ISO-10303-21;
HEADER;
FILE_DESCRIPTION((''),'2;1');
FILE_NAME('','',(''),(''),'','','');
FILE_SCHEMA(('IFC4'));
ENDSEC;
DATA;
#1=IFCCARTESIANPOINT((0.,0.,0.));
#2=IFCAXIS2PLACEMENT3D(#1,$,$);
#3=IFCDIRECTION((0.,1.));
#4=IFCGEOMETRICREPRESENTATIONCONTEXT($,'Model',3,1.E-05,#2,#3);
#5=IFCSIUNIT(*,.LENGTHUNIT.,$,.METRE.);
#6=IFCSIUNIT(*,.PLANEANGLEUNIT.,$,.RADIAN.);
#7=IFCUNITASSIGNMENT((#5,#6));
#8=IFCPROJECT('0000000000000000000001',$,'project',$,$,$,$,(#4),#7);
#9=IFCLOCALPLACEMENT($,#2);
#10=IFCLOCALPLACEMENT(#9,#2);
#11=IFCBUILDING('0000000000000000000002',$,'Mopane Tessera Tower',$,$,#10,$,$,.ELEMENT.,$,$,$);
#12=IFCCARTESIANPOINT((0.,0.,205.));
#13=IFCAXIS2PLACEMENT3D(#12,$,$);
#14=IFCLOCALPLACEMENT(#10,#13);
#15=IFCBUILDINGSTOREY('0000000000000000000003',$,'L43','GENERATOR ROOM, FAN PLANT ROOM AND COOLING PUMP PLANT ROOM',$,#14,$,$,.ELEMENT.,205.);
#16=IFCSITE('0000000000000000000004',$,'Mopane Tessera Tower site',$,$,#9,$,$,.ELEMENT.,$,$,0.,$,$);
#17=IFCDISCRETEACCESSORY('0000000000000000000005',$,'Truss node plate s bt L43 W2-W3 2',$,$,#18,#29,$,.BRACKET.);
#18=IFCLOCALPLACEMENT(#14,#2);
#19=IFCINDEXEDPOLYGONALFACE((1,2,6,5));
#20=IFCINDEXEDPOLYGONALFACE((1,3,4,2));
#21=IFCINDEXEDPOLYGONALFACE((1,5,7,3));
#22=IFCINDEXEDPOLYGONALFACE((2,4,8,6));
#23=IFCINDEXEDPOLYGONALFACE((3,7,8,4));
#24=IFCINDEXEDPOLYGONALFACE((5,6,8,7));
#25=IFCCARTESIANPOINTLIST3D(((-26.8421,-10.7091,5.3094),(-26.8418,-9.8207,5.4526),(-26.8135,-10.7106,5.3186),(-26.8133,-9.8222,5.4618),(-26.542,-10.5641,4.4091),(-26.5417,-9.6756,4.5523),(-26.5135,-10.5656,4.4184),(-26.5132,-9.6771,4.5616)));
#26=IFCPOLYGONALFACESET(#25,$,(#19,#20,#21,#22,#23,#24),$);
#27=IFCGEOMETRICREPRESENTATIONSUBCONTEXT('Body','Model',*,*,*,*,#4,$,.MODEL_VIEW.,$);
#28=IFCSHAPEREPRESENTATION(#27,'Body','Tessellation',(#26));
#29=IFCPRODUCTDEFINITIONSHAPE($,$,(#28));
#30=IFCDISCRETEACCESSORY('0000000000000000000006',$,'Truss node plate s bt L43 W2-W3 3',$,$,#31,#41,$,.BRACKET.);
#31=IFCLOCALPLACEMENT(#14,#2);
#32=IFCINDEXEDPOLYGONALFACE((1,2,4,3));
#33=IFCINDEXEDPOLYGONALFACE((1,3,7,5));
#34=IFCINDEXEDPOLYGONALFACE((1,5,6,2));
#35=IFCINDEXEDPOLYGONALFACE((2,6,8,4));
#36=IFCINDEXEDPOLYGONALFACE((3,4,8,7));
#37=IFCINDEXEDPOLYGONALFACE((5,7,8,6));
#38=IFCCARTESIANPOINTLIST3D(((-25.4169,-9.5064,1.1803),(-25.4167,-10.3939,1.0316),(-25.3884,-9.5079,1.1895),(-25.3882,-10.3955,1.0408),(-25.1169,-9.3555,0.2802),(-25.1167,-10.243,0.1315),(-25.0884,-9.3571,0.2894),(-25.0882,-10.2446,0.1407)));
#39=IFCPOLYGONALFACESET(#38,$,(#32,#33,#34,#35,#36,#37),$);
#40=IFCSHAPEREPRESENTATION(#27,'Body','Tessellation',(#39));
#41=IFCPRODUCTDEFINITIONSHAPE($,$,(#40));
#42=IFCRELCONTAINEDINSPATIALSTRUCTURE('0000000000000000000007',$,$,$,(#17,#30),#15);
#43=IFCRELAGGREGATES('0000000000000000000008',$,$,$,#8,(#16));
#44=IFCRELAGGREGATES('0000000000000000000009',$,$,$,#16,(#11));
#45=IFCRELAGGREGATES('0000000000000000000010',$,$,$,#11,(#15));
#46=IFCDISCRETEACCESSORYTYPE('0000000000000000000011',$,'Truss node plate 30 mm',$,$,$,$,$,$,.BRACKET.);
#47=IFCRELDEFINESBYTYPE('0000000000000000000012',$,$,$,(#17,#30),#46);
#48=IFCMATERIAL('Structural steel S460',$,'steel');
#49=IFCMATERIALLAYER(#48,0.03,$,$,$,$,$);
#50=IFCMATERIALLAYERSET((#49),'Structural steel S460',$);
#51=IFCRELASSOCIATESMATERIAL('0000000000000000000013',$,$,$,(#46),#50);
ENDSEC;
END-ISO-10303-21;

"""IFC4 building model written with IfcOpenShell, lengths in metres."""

from ifc_helpers import new_model, si_unit, direction, frame, origin, origin_2d, place, context, subcontext, project, spatial, rectangle, extrude, material, layer, layer_set, type_object, element, save


model = new_model("IFC4")

# Units and contexts
model_context = context("Model", 3, precision=1e-05, world=origin(), true_north=direction((0.0, 1.0)))
body_context = subcontext(model_context, "Body", "Model", "MODEL_VIEW")
ifc_project = project(units=[si_unit("LENGTHUNIT", "METRE"), si_unit("PLANEANGLEUNIT", "RADIAN")], contexts=[model_context])

# Site, building, storey
site_placement = place(None, origin())
site = spatial("IfcSite", under=ifc_project, at=site_placement, Name="Mopane Tessera Tower site", CompositionType="ELEMENT", RefElevation=0.0)
building_placement = place(site_placement, origin())
building = spatial("IfcBuilding", under=site, at=building_placement, Name="Mopane Tessera Tower", CompositionType="ELEMENT")
storey_placement = place(building_placement, frame((0.0, 0.0, 205.0)))
storey = spatial("IfcBuildingStorey", under=building, at=storey_placement, Name="L43", Description="GENERATOR ROOM, FAN PLANT ROOM AND COOLING PUMP PLANT ROOM", CompositionType="ELEMENT", Elevation=205.0)

# Discrete accessories
ifc_material_1 = material(Name="Structural steel S460", Category="steel")
ifc_layer_1 = layer(ifc_material_1, 0.03)
ifc_layer_set_1 = layer_set([ifc_layer_1], Name="Structural steel S460")
discrete_accessory_type_1 = type_object("IfcDiscreteAccessoryType", Name="Truss node plate 30 mm", PredefinedType="BRACKET", material=ifc_layer_set_1)
discrete_accessory_1_placement = place(storey_placement, frame((-26.5276, -10.1206, 4.4854), z_axis=(-0.312598, -0.151085, 0.937793), x_axis=(0.949886, -0.050012, 0.308571)))
element("IfcDiscreteAccessory", 1, at=discrete_accessory_1_placement, inside=storey, type_object=discrete_accessory_type_1, Name="Truss node plate s bt L43 W2-W3 2", PredefinedType="BRACKET", context=body_context, shape_type="SweptSolid", body=[
    extrude(rectangle(XDim=0.03, YDim=0.8999, at=origin_2d()), origin(), (0.0, 0.0, 1.0), 0.96),
])
discrete_accessory_2_placement = place(storey_placement, frame((-25.1025, -9.8, 0.2104), z_axis=(-0.312304, -0.157041, 0.936912), x_axis=(0.949982, -0.0514, 0.308045)))
element("IfcDiscreteAccessory", 2, at=discrete_accessory_2_placement, inside=storey, type_object=discrete_accessory_type_1, Name="Truss node plate s bt L43 W2-W3 3", PredefinedType="BRACKET", context=body_context, shape_type="SweptSolid", body=[
    extrude(rectangle(XDim=0.03, YDim=0.8999, at=origin_2d()), origin(), (0.0, 0.0, 1.0), 0.9607),
])

save(model, "model.ifc")
